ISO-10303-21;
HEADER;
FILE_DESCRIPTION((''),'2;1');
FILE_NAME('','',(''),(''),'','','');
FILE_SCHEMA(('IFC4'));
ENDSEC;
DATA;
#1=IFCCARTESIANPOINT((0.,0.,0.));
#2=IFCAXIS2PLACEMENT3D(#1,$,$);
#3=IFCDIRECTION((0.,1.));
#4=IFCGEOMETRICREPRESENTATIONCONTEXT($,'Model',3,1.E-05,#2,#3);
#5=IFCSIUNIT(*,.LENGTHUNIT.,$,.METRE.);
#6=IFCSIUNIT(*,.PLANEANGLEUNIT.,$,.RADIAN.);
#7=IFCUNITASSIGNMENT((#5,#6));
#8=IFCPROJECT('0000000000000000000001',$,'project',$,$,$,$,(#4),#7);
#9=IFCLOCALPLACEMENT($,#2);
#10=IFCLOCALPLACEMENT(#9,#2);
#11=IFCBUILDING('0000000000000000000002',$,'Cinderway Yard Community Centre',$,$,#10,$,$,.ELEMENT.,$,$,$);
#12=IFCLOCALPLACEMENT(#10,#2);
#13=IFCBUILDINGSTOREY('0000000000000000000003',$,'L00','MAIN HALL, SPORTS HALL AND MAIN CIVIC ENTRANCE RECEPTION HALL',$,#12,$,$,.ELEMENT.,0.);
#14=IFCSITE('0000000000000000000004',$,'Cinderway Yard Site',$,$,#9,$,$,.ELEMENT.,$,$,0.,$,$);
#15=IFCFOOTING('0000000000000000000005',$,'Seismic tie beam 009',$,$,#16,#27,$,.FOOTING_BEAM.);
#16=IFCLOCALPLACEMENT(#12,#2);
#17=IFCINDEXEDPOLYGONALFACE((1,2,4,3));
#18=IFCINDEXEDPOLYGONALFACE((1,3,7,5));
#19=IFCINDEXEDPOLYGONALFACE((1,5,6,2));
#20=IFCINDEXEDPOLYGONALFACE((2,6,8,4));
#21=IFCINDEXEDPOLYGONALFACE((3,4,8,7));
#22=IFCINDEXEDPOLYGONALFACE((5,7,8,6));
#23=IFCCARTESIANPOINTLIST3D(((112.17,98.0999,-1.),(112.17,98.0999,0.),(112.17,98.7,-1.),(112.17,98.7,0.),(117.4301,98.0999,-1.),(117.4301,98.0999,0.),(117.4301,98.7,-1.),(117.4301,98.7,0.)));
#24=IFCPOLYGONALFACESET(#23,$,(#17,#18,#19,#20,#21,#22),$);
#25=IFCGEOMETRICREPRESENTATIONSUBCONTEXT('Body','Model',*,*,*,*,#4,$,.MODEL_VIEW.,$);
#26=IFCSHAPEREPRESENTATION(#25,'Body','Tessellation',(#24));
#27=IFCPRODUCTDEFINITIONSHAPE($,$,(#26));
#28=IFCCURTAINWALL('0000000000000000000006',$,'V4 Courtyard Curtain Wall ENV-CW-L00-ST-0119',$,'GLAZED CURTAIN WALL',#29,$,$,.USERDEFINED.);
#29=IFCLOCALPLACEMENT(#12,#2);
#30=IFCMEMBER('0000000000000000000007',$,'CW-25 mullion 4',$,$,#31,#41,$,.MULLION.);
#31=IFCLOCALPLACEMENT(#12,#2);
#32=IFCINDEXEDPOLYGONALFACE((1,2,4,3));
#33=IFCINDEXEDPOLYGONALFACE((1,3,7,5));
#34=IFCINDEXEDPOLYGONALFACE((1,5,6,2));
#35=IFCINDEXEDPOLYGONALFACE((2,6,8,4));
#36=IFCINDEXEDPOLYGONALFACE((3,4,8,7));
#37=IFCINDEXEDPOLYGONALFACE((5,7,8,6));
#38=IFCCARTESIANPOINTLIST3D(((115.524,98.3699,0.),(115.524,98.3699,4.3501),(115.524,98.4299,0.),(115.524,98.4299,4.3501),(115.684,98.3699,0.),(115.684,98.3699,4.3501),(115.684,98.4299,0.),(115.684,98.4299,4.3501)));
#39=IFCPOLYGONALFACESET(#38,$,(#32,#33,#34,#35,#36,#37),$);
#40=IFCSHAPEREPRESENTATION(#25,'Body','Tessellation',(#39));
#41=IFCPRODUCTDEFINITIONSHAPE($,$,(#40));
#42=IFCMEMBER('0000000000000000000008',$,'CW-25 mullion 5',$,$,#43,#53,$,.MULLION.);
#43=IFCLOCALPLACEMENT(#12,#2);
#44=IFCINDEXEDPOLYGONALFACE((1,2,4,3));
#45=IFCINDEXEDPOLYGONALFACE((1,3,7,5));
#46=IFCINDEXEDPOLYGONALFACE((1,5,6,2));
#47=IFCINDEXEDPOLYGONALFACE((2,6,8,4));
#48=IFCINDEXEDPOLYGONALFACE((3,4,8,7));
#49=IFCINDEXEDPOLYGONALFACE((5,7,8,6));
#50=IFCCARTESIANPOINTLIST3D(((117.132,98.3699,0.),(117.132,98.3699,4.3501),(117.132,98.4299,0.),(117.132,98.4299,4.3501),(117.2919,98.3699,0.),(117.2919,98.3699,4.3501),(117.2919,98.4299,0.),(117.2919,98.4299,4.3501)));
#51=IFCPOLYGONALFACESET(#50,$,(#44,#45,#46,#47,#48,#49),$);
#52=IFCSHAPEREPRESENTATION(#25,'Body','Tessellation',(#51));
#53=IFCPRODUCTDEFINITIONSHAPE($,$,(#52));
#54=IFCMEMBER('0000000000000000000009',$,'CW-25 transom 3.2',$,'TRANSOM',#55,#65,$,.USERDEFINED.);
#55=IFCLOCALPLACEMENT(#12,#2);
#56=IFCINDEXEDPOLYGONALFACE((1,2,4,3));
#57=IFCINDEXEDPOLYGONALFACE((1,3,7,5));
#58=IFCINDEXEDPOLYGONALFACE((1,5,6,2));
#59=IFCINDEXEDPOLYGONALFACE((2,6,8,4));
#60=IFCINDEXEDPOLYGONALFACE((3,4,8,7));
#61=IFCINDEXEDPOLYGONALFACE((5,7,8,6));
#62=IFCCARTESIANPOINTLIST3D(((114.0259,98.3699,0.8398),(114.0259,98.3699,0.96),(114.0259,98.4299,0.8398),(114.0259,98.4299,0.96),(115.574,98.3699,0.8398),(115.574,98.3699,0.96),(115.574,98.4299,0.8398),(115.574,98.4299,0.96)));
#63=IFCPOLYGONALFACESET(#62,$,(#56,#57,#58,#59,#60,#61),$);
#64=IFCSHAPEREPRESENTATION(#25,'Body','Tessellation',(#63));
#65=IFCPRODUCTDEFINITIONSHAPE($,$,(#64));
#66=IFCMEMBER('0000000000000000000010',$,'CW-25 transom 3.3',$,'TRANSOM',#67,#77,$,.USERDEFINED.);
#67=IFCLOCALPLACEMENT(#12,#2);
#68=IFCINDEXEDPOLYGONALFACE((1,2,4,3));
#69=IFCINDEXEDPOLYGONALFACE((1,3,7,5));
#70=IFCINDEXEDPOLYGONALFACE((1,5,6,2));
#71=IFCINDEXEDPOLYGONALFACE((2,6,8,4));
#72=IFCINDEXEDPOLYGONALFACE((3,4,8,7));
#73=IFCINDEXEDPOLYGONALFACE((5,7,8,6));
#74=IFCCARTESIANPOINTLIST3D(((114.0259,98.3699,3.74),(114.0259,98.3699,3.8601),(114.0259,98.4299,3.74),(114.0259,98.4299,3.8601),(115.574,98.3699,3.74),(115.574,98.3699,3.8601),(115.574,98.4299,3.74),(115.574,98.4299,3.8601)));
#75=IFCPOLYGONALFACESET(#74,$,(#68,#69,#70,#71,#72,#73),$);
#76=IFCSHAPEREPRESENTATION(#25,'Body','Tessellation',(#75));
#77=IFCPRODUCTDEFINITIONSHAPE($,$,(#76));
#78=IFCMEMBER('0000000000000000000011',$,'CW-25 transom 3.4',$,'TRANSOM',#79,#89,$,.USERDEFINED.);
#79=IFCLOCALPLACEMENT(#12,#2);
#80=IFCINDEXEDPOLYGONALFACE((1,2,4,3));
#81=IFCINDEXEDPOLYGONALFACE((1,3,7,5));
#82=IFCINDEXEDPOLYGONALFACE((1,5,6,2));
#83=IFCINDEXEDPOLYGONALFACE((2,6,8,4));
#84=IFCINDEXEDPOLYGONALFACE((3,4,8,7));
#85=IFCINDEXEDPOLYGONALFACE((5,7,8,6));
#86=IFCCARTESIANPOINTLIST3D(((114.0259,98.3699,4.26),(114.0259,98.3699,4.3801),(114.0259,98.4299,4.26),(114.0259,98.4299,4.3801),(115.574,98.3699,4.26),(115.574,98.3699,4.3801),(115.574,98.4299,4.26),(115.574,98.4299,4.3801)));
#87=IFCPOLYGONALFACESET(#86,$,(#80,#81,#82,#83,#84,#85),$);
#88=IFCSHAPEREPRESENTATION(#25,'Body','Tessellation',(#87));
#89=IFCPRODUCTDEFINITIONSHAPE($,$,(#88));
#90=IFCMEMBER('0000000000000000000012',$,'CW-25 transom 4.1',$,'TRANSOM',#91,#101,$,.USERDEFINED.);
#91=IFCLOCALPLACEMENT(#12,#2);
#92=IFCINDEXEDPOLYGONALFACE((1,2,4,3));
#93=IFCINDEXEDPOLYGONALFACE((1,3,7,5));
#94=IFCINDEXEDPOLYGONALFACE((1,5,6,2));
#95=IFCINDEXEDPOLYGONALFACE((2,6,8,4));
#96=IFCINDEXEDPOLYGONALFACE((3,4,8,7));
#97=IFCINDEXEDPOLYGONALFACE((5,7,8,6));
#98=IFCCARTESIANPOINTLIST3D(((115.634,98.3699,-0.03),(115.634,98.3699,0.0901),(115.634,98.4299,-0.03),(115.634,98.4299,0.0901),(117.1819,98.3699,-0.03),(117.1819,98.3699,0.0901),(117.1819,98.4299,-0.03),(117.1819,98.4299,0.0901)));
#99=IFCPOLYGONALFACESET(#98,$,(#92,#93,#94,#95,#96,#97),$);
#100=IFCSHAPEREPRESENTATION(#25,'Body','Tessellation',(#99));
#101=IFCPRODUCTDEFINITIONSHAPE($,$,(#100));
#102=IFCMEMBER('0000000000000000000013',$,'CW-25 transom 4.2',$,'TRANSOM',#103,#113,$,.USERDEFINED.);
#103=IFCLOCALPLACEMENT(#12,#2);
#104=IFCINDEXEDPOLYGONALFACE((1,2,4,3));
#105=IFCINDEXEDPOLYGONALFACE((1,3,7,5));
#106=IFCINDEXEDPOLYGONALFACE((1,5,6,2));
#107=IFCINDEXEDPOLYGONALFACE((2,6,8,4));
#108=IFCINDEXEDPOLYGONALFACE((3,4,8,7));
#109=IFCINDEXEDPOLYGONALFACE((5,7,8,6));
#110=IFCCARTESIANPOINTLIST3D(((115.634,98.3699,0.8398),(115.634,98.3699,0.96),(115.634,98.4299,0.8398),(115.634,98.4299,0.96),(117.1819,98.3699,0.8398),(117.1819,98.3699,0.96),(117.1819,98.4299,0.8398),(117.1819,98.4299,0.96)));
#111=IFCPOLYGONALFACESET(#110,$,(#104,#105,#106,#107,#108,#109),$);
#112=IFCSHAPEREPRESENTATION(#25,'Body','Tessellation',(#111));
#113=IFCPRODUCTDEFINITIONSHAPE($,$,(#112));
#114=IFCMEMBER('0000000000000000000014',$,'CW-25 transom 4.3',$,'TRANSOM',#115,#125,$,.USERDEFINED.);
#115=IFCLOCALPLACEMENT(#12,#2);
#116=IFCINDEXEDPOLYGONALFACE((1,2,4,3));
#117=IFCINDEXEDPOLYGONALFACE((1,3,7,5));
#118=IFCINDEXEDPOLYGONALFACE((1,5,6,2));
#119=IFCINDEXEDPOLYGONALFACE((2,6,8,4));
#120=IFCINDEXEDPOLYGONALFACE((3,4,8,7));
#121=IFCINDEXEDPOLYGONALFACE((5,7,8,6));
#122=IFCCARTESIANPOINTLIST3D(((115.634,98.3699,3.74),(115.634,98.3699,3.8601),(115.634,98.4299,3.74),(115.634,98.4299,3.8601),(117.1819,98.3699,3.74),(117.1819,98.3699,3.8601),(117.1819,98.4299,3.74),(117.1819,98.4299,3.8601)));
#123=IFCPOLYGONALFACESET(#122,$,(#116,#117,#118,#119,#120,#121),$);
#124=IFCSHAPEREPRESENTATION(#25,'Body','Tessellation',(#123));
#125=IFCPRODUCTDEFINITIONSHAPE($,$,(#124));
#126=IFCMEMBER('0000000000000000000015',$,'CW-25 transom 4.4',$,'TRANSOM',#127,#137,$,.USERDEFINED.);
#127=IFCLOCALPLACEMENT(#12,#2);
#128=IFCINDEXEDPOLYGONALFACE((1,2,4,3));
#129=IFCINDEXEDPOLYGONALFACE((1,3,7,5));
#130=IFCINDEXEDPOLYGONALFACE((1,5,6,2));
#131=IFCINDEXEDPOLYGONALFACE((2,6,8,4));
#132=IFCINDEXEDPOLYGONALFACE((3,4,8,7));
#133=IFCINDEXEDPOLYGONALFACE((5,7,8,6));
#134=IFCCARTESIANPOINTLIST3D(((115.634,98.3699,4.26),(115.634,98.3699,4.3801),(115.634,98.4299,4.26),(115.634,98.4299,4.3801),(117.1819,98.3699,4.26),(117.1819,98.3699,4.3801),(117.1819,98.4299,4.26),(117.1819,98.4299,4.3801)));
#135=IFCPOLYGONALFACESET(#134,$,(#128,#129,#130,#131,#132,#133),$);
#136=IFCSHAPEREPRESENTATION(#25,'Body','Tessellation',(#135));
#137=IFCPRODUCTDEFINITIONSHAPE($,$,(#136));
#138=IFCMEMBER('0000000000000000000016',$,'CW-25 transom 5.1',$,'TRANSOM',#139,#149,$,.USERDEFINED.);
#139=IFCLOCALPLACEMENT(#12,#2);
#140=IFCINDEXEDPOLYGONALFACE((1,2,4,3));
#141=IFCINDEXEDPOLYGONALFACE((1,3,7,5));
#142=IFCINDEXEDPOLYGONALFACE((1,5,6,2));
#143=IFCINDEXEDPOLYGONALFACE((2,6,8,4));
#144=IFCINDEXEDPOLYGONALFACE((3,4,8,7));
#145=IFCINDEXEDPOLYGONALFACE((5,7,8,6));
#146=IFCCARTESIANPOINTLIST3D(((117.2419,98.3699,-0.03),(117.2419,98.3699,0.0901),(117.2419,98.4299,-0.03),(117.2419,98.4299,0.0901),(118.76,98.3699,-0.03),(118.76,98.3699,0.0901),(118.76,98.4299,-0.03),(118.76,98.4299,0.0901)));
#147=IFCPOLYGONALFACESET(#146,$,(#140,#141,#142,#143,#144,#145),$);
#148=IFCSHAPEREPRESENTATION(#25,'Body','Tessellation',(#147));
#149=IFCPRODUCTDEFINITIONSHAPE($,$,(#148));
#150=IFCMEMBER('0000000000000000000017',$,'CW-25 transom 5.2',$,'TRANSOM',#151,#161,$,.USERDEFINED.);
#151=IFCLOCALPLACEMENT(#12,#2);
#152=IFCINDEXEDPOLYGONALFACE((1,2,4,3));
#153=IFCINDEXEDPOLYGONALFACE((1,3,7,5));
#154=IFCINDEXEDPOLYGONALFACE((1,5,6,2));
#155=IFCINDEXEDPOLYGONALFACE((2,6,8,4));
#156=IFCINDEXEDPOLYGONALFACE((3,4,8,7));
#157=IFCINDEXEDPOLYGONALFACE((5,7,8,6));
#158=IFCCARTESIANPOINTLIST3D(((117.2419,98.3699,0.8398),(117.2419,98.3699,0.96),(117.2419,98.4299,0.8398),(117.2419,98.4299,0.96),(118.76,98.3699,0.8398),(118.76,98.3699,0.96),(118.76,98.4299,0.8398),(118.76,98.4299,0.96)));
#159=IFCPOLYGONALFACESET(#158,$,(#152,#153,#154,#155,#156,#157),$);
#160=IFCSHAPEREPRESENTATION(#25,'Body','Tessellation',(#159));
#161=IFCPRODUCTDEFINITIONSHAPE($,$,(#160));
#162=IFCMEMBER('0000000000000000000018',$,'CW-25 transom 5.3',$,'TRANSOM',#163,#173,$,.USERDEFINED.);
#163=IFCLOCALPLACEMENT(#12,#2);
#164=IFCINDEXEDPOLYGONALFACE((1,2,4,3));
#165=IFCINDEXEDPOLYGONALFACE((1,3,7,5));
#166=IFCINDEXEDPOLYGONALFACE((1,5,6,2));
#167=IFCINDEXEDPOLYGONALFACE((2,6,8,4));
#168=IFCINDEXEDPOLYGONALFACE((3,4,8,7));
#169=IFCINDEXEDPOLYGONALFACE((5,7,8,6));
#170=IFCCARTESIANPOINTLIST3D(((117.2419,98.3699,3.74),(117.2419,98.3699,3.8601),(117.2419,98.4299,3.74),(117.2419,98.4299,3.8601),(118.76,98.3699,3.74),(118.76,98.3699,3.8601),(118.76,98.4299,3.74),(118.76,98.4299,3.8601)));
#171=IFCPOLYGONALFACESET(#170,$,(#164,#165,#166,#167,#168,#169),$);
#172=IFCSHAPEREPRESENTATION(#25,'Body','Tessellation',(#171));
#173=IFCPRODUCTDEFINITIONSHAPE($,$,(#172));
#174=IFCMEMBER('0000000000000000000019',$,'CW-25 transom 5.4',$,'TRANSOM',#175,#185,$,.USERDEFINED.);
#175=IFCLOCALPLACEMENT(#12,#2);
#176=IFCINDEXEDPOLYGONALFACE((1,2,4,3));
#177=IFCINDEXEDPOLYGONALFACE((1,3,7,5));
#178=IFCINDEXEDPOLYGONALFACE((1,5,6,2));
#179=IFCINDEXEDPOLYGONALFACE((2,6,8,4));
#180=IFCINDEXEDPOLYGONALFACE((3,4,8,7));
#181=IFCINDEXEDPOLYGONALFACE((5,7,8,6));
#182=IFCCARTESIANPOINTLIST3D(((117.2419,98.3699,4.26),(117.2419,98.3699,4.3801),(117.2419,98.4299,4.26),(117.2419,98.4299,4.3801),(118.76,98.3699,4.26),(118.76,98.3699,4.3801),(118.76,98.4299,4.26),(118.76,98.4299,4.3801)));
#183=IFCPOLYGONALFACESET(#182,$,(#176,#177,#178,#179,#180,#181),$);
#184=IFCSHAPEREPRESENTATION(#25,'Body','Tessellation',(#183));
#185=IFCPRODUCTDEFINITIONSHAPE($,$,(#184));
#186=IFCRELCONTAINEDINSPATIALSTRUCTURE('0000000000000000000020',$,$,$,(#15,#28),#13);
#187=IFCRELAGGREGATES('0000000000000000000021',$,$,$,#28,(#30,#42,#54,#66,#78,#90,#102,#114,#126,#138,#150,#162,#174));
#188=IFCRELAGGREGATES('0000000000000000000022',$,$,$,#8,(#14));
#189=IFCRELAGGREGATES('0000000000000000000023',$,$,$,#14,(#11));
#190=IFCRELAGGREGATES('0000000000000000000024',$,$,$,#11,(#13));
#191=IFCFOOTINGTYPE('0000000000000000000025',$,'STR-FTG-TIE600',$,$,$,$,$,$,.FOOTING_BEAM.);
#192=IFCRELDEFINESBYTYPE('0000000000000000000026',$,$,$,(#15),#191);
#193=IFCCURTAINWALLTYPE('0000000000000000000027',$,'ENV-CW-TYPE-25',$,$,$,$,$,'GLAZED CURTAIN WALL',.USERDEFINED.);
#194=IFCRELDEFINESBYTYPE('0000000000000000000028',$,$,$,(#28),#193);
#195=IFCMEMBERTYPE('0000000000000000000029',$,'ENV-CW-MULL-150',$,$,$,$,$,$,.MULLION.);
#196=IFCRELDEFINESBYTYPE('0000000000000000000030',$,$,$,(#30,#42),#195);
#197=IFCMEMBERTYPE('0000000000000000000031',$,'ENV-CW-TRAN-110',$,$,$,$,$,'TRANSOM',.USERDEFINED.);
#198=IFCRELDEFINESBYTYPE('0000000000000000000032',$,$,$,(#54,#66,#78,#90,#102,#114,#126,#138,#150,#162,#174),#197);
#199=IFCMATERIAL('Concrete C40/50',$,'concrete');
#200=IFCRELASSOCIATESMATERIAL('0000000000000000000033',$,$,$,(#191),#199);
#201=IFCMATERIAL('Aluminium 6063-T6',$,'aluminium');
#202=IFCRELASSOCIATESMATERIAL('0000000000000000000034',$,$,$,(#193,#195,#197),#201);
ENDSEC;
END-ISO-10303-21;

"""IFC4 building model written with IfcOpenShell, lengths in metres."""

from ifc_helpers import new_model, si_unit, direction, frame, origin, origin_2d, place, context, subcontext, project, spatial, rectangle, extrude, material, material_profile, profile_set, type_object, element, aggregate, save


model = new_model("IFC4")

# Units and contexts
model_context = context("Model", 3, precision=1e-05, world=origin(), true_north=direction((0.0, 1.0)))
body_context = subcontext(model_context, "Body", "Model", "MODEL_VIEW")
ifc_project = project(units=[si_unit("LENGTHUNIT", "METRE"), si_unit("PLANEANGLEUNIT", "RADIAN")], contexts=[model_context])

# Site, building, storey
site_placement = place(None, origin())
site = spatial("IfcSite", under=ifc_project, at=site_placement, Name="Cinderway Yard Site", CompositionType="ELEMENT", RefElevation=0.0)
building_placement = place(site_placement, origin())
building = spatial("IfcBuilding", under=site, at=building_placement, Name="Cinderway Yard Community Centre", CompositionType="ELEMENT")
storey_placement = place(building_placement, origin())
storey = spatial("IfcBuildingStorey", under=building, at=storey_placement, Name="L00", Description="MAIN HALL, SPORTS HALL AND MAIN CIVIC ENTRANCE RECEPTION HALL", CompositionType="ELEMENT", Elevation=0.0)

# Footing
ifc_material_1 = material(Name="Concrete C40/50", Category="concrete")
footing_type = type_object("IfcFootingType", Name="STR-FTG-TIE600", PredefinedType="FOOTING_BEAM", material=ifc_material_1)
footing_placement = place(storey_placement, frame((114.8, 98.3999, -1.0), z_axis=(0.0, 0.0, 1.0), x_axis=(1.0, 0.0, 0.0)))
element("IfcFooting", 1, at=footing_placement, inside=storey, type_object=footing_type, Name="Seismic tie beam 009", PredefinedType="FOOTING_BEAM", context=body_context, shape_type="SweptSolid", body=[
    extrude(rectangle(XDim=5.26, YDim=0.6001, at=origin_2d()), origin(), (0.0, 0.0, 1.0), 1.0),
])

# Curtain wall, members
ifc_material_2 = material(Name="Aluminium 6063-T6", Category="aluminium")
curtain_wall_type = type_object("IfcCurtainWallType", Name="ENV-CW-TYPE-25", ElementType="GLAZED CURTAIN WALL", PredefinedType="USERDEFINED", material=ifc_material_2)
curtain_wall_placement = place(storey_placement, origin())
curtain_wall = element("IfcCurtainWall", 2, at=curtain_wall_placement, inside=storey, type_object=curtain_wall_type, Name="V4 Courtyard Curtain Wall ENV-CW-L00-ST-0119", ObjectType="GLAZED CURTAIN WALL", PredefinedType="USERDEFINED")
ifc_material_profile_1 = material_profile(ifc_material_2, rectangle(XDim=0.0601, YDim=0.1599, at=origin_2d()), Name="Aluminium 6063-T6")
ifc_profile_set_1 = profile_set([ifc_material_profile_1], Name="Aluminium 6063-T6")
member_type_1 = type_object("IfcMemberType", Name="ENV-CW-MULL-150", PredefinedType="MULLION", material=ifc_profile_set_1)
member_1_placement = place(storey_placement, frame((115.604, 98.3999, 0.0), z_axis=(0.0, 0.0, 1.0), x_axis=(0.0, 1.0, 0.0)))
member_1 = element("IfcMember", 3, at=member_1_placement, type_object=member_type_1, Name="CW-25 mullion 4", PredefinedType="MULLION", context=body_context, shape_type="SweptSolid", body=[
    extrude(rectangle(XDim=0.0601, YDim=0.1599, at=origin_2d()), origin(), (0.0, 0.0, 1.0), 4.3501),
])
member_2_placement = place(storey_placement, frame((117.2119, 98.3999, 0.0), z_axis=(0.0, 0.0, 1.0), x_axis=(0.0, 1.0, 0.0)))
member_2 = element("IfcMember", 4, at=member_2_placement, type_object=member_type_1, Name="CW-25 mullion 5", PredefinedType="MULLION", context=body_context, shape_type="SweptSolid", body=[
    extrude(rectangle(XDim=0.0601, YDim=0.1599, at=origin_2d()), origin(), (0.0, 0.0, 1.0), 4.3501),
])
ifc_material_profile_2 = material_profile(ifc_material_2, rectangle(XDim=0.0601, YDim=0.1201, at=origin_2d()), Name="Aluminium 6063-T6")
ifc_profile_set_2 = profile_set([ifc_material_profile_2], Name="Aluminium 6063-T6")
member_type_2 = type_object("IfcMemberType", Name="ENV-CW-TRAN-110", ElementType="TRANSOM", PredefinedType="USERDEFINED", material=ifc_profile_set_2)
member_3_placement = place(storey_placement, frame((114.0259, 98.3999, 0.8999), z_axis=(1.0, 0.0, 0.0), x_axis=(0.0, 1.0, 0.0)))
member_3 = element("IfcMember", 5, at=member_3_placement, type_object=member_type_2, Name="CW-25 transom 3.2", ObjectType="TRANSOM", PredefinedType="USERDEFINED", context=body_context, shape_type="SweptSolid", body=[
    extrude(rectangle(XDim=0.0601, YDim=0.1201, at=origin_2d()), origin(), (0.0, 0.0, 1.0), 1.5481),
])
member_4_placement = place(storey_placement, frame((114.0259, 98.3999, 3.8), z_axis=(1.0, 0.0, 0.0), x_axis=(0.0, 1.0, 0.0)))
member_4 = element("IfcMember", 6, at=member_4_placement, type_object=member_type_2, Name="CW-25 transom 3.3", ObjectType="TRANSOM", PredefinedType="USERDEFINED", context=body_context, shape_type="SweptSolid", body=[
    extrude(rectangle(XDim=0.0601, YDim=0.1201, at=origin_2d()), origin(), (0.0, 0.0, 1.0), 1.5481),
])
member_5_placement = place(storey_placement, frame((114.0259, 98.3999, 4.3201), z_axis=(1.0, 0.0, 0.0), x_axis=(0.0, 1.0, 0.0)))
member_5 = element("IfcMember", 7, at=member_5_placement, type_object=member_type_2, Name="CW-25 transom 3.4", ObjectType="TRANSOM", PredefinedType="USERDEFINED", context=body_context, shape_type="SweptSolid", body=[
    extrude(rectangle(XDim=0.0601, YDim=0.1201, at=origin_2d()), origin(), (0.0, 0.0, 1.0), 1.5481),
])
member_6_placement = place(storey_placement, frame((115.634, 98.3999, 0.03), z_axis=(1.0, 0.0, 0.0), x_axis=(0.0, 1.0, 0.0)))
member_6 = element("IfcMember", 8, at=member_6_placement, type_object=member_type_2, Name="CW-25 transom 4.1", ObjectType="TRANSOM", PredefinedType="USERDEFINED", context=body_context, shape_type="SweptSolid", body=[
    extrude(rectangle(XDim=0.0601, YDim=0.1201, at=origin_2d()), origin(), (0.0, 0.0, 1.0), 1.5479),
])
member_7_placement = place(storey_placement, frame((115.634, 98.3999, 0.8999), z_axis=(1.0, 0.0, 0.0), x_axis=(0.0, 1.0, 0.0)))
member_7 = element("IfcMember", 9, at=member_7_placement, type_object=member_type_2, Name="CW-25 transom 4.2", ObjectType="TRANSOM", PredefinedType="USERDEFINED", context=body_context, shape_type="SweptSolid", body=[
    extrude(rectangle(XDim=0.0601, YDim=0.1201, at=origin_2d()), origin(), (0.0, 0.0, 1.0), 1.5479),
])
member_8_placement = place(storey_placement, frame((115.634, 98.3999, 3.8), z_axis=(1.0, 0.0, 0.0), x_axis=(0.0, 1.0, 0.0)))
member_8 = element("IfcMember", 10, at=member_8_placement, type_object=member_type_2, Name="CW-25 transom 4.3", ObjectType="TRANSOM", PredefinedType="USERDEFINED", context=body_context, shape_type="SweptSolid", body=[
    extrude(rectangle(XDim=0.0601, YDim=0.1201, at=origin_2d()), origin(), (0.0, 0.0, 1.0), 1.5479),
])
member_9_placement = place(storey_placement, frame((115.634, 98.3999, 4.3201), z_axis=(1.0, 0.0, 0.0), x_axis=(0.0, 1.0, 0.0)))
member_9 = element("IfcMember", 11, at=member_9_placement, type_object=member_type_2, Name="CW-25 transom 4.4", ObjectType="TRANSOM", PredefinedType="USERDEFINED", context=body_context, shape_type="SweptSolid", body=[
    extrude(rectangle(XDim=0.0601, YDim=0.1201, at=origin_2d()), origin(), (0.0, 0.0, 1.0), 1.5479),
])
member_10_placement = place(storey_placement, frame((117.2419, 98.3999, 0.03), z_axis=(1.0, 0.0, 0.0), x_axis=(0.0, 1.0, 0.0)))
member_10 = element("IfcMember", 12, at=member_10_placement, type_object=member_type_2, Name="CW-25 transom 5.1", ObjectType="TRANSOM", PredefinedType="USERDEFINED", context=body_context, shape_type="SweptSolid", body=[
    extrude(rectangle(XDim=0.0601, YDim=0.1201, at=origin_2d()), origin(), (0.0, 0.0, 1.0), 1.5181),
])
member_11_placement = place(storey_placement, frame((117.2419, 98.3999, 0.8999), z_axis=(1.0, 0.0, 0.0), x_axis=(0.0, 1.0, 0.0)))
member_11 = element("IfcMember", 13, at=member_11_placement, type_object=member_type_2, Name="CW-25 transom 5.2", ObjectType="TRANSOM", PredefinedType="USERDEFINED", context=body_context, shape_type="SweptSolid", body=[
    extrude(rectangle(XDim=0.0601, YDim=0.1201, at=origin_2d()), origin(), (0.0, 0.0, 1.0), 1.5181),
])
member_12_placement = place(storey_placement, frame((117.2419, 98.3999, 3.8), z_axis=(1.0, 0.0, 0.0), x_axis=(0.0, 1.0, 0.0)))
member_12 = element("IfcMember", 14, at=member_12_placement, type_object=member_type_2, Name="CW-25 transom 5.3", ObjectType="TRANSOM", PredefinedType="USERDEFINED", context=body_context, shape_type="SweptSolid", body=[
    extrude(rectangle(XDim=0.0601, YDim=0.1201, at=origin_2d()), origin(), (0.0, 0.0, 1.0), 1.5181),
])
member_13_placement = place(storey_placement, frame((117.2419, 98.3999, 4.3201), z_axis=(1.0, 0.0, 0.0), x_axis=(0.0, 1.0, 0.0)))
member_13 = element("IfcMember", 15, at=member_13_placement, type_object=member_type_2, Name="CW-25 transom 5.4", ObjectType="TRANSOM", PredefinedType="USERDEFINED", context=body_context, shape_type="SweptSolid", body=[
    extrude(rectangle(XDim=0.0601, YDim=0.1201, at=origin_2d()), origin(), (0.0, 0.0, 1.0), 1.5181),
])
aggregate(curtain_wall, [member_1, member_2, member_3, member_4, member_5, member_6, member_7, member_8, member_9, member_10, member_11, member_12, member_13])

save(model, "model.ifc")
